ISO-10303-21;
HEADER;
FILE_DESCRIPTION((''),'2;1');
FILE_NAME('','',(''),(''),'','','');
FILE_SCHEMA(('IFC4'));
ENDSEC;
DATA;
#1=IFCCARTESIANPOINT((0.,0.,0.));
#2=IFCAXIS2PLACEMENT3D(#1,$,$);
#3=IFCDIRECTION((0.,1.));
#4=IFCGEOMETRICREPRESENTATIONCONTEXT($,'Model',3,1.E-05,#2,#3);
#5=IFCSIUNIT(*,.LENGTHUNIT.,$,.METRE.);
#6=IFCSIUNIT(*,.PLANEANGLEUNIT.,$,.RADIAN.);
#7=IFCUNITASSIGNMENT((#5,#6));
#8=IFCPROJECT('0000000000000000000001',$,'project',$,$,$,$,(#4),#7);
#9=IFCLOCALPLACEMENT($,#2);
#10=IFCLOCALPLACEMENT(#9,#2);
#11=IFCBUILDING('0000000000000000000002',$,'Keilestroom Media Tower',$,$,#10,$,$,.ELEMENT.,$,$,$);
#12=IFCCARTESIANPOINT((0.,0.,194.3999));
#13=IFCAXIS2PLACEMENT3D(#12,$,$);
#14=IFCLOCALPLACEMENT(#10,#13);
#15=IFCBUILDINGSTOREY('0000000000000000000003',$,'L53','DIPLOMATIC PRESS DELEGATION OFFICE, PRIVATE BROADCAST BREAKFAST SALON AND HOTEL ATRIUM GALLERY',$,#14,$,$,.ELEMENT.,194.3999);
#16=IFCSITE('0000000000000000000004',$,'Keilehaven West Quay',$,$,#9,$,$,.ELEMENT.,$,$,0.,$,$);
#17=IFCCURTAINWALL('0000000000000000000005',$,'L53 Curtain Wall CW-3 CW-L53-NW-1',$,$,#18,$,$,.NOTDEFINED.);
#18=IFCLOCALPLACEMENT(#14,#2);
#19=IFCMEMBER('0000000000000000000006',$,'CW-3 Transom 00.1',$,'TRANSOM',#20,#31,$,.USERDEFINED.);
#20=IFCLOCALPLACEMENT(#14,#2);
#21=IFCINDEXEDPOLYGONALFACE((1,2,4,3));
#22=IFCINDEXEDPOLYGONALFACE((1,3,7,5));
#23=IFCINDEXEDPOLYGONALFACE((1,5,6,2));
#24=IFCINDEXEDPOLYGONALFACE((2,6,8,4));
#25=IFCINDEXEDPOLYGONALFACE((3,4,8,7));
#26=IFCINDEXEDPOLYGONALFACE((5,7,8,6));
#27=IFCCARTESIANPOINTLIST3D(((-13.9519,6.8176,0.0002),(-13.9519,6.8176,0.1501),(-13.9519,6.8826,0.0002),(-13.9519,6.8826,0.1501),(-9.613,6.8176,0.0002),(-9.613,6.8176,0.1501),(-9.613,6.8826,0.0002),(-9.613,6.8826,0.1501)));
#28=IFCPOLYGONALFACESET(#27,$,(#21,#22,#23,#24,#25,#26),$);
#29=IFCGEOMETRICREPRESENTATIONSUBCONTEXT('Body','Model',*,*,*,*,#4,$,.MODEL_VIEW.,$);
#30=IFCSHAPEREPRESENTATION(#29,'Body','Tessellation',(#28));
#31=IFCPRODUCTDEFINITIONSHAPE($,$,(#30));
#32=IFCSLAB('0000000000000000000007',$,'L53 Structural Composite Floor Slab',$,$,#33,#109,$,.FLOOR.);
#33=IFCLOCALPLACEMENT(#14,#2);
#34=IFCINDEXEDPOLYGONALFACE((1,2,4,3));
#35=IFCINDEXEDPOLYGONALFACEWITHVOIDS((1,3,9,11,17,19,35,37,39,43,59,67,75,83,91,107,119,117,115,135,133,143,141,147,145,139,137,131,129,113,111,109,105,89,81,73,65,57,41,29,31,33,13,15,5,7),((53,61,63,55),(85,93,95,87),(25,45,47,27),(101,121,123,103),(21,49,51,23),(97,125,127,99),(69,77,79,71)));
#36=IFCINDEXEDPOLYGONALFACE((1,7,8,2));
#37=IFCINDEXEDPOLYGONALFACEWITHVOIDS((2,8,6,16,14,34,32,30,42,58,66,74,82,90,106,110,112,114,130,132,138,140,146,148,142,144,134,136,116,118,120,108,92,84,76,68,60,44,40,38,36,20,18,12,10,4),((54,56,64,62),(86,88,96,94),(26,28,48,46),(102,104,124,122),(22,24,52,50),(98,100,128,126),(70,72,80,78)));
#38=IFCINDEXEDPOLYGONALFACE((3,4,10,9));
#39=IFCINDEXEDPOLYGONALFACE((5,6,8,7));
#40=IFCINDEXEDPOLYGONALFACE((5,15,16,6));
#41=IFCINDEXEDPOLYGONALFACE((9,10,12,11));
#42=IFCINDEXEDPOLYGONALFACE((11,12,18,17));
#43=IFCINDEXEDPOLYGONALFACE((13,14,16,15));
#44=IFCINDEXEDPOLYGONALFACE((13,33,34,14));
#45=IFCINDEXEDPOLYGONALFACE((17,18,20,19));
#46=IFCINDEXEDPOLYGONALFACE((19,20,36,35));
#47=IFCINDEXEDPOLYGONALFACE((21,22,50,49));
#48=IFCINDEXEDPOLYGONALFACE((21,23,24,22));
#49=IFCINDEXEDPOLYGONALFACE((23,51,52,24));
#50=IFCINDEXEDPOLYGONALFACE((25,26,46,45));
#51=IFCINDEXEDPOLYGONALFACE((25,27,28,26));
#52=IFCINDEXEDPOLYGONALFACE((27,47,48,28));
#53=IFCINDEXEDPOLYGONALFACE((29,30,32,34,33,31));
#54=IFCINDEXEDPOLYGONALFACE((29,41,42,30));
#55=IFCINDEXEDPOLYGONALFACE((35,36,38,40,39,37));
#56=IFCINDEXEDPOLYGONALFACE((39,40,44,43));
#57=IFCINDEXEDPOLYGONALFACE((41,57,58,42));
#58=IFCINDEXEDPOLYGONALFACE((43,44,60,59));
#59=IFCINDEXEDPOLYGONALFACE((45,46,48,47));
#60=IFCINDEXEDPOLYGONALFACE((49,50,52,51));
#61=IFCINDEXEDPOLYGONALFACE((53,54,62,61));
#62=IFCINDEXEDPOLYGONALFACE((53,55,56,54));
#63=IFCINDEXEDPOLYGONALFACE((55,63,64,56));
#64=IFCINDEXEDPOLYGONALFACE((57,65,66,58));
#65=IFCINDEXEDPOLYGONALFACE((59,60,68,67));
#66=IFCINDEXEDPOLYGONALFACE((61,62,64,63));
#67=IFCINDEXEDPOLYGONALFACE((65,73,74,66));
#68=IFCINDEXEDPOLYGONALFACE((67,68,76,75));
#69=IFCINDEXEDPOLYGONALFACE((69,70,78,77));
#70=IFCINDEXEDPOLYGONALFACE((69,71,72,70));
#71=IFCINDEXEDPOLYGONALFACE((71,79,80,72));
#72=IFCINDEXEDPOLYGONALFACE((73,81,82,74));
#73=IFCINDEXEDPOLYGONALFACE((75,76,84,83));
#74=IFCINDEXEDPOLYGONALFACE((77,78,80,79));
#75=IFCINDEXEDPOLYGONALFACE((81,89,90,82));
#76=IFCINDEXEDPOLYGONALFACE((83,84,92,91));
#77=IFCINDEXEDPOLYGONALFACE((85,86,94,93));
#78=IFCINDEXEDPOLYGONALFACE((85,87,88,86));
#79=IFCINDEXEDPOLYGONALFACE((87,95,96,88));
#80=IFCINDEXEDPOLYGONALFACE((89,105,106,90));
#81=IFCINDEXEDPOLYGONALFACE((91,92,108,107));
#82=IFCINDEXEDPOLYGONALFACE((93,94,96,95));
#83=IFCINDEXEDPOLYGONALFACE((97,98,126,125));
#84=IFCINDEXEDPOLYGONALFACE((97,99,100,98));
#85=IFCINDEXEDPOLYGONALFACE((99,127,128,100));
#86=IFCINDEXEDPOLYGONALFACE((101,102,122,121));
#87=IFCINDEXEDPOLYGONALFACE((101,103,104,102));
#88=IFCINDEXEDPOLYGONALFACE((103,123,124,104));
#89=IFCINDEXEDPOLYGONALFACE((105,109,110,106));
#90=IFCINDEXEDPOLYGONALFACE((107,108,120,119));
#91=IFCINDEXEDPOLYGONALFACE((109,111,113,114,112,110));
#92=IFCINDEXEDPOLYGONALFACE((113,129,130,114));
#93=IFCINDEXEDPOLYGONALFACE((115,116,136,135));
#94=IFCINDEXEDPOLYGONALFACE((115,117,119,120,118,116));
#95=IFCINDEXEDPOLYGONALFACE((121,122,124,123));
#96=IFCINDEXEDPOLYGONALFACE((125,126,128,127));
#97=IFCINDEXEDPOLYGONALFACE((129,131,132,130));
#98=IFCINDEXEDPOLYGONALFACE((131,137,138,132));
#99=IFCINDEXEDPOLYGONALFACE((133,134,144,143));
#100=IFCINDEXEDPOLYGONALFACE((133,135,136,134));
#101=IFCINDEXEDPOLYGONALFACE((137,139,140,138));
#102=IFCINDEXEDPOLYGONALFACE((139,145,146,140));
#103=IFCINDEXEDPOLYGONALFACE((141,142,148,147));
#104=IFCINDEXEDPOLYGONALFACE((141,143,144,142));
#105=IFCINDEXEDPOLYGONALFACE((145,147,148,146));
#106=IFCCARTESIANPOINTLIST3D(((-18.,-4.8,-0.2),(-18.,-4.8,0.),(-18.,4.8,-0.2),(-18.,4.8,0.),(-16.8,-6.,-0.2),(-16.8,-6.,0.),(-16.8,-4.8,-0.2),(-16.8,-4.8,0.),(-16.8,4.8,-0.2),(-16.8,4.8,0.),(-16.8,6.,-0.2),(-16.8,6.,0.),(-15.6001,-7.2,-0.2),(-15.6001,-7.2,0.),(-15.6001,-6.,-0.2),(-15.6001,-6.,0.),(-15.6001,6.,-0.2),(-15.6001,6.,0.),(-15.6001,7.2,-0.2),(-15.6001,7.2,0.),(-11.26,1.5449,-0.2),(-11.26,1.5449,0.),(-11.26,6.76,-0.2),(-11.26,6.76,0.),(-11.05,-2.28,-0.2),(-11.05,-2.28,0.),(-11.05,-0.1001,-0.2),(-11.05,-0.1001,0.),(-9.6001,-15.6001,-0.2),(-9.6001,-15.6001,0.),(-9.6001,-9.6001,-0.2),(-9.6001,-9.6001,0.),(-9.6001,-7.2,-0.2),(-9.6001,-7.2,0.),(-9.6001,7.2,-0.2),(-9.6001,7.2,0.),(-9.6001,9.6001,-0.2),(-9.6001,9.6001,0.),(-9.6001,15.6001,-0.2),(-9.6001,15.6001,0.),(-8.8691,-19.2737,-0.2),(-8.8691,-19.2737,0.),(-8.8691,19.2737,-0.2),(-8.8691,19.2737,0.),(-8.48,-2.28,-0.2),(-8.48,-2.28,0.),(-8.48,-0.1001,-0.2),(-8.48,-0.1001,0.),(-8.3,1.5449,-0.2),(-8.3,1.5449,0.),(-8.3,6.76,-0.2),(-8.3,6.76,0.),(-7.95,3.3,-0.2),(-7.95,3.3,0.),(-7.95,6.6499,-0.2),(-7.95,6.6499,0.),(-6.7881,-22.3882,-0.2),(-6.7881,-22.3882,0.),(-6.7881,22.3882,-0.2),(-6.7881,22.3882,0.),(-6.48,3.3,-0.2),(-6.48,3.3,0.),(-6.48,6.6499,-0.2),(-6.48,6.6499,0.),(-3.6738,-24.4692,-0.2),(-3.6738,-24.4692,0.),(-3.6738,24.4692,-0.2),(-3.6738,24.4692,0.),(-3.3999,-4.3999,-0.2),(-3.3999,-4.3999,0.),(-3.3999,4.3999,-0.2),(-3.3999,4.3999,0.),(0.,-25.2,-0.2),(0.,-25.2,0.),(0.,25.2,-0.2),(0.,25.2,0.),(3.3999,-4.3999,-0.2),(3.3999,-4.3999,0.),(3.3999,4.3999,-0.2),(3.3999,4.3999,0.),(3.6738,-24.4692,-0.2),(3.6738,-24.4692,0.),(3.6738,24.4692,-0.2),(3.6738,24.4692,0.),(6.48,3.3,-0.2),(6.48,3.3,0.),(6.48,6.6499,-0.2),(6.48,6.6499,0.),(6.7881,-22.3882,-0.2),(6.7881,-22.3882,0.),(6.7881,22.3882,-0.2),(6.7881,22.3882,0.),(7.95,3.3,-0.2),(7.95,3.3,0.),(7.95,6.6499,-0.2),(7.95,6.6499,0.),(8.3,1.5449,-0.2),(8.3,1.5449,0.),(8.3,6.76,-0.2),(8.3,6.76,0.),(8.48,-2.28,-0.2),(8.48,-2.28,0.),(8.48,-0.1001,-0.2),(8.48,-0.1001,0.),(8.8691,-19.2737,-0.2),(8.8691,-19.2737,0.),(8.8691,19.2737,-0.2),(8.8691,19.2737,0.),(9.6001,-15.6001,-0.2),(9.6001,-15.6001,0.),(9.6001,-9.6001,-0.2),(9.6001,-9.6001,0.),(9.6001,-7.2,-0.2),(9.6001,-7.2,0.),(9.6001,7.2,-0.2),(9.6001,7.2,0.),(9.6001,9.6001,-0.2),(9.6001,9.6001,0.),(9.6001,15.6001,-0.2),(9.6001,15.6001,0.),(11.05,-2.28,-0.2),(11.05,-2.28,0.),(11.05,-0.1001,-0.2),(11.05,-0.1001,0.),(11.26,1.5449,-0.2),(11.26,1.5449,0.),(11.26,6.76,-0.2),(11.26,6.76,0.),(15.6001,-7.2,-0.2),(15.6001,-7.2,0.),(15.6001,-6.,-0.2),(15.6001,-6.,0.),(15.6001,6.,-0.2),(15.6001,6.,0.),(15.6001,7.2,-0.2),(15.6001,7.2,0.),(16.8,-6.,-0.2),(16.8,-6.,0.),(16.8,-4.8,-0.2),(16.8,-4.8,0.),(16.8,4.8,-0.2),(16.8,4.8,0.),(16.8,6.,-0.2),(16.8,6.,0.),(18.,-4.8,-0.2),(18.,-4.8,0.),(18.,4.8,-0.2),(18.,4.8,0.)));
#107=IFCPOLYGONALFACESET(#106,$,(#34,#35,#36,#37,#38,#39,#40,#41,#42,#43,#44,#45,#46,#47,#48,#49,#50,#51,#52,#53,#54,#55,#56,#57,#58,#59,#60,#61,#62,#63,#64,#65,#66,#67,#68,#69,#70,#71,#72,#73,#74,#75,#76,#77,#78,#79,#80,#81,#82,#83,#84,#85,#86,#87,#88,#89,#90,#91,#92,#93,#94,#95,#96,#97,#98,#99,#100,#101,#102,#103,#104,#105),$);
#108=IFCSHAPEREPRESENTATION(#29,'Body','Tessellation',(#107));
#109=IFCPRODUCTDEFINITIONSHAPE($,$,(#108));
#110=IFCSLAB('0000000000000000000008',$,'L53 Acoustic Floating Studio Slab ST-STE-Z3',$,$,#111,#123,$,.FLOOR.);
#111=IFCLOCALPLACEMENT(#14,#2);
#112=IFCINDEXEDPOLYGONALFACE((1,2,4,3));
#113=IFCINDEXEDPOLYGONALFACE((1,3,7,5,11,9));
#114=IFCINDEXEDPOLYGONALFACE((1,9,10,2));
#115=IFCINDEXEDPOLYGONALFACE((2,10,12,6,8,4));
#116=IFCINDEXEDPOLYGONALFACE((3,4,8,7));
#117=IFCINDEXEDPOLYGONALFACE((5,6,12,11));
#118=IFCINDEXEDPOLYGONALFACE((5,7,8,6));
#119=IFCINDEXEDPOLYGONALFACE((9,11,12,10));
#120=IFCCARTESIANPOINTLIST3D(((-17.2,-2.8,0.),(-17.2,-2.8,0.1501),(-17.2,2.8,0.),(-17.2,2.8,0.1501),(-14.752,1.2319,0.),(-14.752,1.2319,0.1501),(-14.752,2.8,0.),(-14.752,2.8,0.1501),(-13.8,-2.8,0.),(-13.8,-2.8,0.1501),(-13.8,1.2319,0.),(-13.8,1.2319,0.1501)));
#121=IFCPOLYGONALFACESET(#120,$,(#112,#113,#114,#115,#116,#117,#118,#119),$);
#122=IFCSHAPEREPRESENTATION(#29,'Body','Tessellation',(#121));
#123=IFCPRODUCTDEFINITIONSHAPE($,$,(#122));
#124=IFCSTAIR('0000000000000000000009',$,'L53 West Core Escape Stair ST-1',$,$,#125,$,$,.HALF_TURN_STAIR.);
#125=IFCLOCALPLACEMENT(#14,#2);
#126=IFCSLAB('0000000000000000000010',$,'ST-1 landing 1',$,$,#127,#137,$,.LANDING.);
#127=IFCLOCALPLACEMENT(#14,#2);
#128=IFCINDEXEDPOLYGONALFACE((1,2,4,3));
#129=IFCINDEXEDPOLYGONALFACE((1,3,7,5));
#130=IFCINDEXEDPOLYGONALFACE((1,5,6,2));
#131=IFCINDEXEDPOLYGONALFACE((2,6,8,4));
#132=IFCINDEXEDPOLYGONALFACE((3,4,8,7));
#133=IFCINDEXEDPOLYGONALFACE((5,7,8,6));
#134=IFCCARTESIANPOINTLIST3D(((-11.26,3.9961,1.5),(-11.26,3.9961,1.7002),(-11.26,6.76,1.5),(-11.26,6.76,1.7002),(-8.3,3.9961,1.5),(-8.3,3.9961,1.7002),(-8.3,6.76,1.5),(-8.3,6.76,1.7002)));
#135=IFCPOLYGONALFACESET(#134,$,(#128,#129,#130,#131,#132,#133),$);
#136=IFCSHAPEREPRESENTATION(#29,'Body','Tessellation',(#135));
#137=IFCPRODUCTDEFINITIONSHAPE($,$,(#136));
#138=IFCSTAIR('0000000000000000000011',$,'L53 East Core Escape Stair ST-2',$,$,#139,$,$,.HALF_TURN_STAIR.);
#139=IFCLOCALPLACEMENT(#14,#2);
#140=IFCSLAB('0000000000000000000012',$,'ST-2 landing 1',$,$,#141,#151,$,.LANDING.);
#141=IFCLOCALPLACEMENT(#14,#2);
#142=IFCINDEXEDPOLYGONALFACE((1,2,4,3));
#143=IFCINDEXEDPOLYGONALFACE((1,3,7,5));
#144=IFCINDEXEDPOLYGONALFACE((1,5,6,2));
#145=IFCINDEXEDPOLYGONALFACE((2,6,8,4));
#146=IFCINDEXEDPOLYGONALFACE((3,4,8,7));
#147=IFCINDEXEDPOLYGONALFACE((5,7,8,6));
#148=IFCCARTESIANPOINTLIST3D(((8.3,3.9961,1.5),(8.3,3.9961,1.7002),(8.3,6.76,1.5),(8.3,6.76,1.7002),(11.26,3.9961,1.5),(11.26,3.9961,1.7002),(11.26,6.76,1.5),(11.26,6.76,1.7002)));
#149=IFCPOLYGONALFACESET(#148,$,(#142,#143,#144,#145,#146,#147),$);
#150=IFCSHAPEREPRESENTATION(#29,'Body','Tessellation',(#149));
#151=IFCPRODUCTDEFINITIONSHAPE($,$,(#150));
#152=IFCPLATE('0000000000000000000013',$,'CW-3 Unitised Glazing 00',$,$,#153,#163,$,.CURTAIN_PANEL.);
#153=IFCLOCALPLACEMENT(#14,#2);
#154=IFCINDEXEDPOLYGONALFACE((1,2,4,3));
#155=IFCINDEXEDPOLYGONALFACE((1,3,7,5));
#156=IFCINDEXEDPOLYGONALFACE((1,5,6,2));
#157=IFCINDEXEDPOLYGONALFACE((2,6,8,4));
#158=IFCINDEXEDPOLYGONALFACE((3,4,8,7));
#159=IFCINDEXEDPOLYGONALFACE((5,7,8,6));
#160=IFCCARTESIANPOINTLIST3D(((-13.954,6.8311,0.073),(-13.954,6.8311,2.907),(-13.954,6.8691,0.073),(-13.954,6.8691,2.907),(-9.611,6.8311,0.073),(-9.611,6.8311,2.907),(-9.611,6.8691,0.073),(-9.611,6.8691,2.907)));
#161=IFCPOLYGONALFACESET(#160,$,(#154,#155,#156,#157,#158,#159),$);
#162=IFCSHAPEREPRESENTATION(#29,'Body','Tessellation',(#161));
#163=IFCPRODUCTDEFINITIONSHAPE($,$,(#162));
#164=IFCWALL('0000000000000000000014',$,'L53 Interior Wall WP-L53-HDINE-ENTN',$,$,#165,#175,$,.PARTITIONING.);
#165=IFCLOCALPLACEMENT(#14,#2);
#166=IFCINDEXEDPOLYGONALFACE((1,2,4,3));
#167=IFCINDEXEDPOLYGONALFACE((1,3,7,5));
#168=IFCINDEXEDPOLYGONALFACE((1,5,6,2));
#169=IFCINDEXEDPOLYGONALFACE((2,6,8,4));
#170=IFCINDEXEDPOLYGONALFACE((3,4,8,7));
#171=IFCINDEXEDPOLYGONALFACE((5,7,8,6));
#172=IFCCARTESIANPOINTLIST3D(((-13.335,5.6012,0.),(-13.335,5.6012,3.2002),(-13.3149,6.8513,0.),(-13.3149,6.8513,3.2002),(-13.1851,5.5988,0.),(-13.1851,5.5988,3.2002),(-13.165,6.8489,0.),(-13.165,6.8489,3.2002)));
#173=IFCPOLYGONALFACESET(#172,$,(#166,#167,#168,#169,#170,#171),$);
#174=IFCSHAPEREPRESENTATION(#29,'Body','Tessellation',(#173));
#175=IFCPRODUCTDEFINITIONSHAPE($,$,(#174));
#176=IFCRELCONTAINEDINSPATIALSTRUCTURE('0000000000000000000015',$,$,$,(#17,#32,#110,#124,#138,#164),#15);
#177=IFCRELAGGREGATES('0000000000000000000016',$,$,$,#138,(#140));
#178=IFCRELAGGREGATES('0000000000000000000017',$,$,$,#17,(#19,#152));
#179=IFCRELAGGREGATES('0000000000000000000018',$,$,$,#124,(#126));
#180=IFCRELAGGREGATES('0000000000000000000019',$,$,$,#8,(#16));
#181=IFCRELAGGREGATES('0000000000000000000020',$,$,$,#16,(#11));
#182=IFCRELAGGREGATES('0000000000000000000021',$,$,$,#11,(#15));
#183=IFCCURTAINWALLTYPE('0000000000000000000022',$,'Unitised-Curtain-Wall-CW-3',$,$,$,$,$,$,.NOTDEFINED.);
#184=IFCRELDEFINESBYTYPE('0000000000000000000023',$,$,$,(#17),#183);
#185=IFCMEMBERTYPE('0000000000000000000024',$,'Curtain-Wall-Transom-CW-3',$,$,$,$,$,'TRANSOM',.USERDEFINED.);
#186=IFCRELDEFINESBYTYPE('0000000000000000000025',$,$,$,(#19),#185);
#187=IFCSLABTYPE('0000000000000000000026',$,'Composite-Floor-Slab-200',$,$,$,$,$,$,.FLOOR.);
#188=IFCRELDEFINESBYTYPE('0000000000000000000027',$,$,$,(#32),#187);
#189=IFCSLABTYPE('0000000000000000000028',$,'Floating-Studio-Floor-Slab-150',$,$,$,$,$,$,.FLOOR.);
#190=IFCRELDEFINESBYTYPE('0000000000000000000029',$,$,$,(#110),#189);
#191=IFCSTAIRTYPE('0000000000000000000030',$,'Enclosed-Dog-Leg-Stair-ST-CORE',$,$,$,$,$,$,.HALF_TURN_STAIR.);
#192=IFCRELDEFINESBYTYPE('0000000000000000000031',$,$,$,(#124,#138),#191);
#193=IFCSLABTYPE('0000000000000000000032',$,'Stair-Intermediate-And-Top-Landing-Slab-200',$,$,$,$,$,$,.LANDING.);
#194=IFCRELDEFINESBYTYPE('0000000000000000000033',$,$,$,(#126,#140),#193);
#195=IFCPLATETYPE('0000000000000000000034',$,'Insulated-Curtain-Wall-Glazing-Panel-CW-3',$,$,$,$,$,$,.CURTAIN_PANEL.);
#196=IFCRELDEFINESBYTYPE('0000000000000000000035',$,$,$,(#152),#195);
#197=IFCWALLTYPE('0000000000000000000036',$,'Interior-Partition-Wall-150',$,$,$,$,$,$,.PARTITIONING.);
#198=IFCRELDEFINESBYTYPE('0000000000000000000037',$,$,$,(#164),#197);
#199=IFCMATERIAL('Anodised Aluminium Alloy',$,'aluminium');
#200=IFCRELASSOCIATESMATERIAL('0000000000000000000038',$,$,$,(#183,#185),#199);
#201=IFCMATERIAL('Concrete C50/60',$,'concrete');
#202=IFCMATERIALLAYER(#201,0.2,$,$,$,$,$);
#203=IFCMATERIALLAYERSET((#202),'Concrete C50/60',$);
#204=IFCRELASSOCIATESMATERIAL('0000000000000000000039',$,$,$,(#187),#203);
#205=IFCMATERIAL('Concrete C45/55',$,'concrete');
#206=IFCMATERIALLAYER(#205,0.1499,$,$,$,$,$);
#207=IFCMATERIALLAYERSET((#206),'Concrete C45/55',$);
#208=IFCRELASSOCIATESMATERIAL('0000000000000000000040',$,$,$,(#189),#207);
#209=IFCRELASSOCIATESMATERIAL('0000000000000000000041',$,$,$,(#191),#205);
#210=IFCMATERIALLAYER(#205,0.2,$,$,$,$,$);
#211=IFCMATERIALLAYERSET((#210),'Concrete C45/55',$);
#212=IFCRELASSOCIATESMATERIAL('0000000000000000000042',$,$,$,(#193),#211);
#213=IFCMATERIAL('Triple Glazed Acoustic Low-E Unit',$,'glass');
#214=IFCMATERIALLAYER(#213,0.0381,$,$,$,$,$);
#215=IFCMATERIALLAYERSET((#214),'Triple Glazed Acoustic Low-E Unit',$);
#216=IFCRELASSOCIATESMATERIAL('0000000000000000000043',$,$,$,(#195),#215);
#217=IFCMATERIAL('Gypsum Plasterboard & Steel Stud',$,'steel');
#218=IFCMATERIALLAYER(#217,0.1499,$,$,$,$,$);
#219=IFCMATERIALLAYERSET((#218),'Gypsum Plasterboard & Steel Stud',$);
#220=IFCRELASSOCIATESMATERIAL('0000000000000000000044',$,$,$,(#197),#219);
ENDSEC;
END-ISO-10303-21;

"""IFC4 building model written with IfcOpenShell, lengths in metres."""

from ifc_helpers import new_model, si_unit, direction, frame, frame_2d, origin, origin_2d, place, context, subcontext, project, spatial, polyline, rectangle, outline, extrude, source, transform, mapped, material, layer, layer_set, material_profile, profile_set, type_object, element, aggregate, save


model = new_model("IFC4")

# Units and contexts
model_context = context("Model", 3, precision=1e-05, world=origin(), true_north=direction((0.0, 1.0)))
body_context = subcontext(model_context, "Body", "Model", "MODEL_VIEW")
ifc_project = project(units=[si_unit("LENGTHUNIT", "METRE"), si_unit("PLANEANGLEUNIT", "RADIAN")], contexts=[model_context])

# Site, building, storey
site_placement = place(None, origin())
site = spatial("IfcSite", under=ifc_project, at=site_placement, Name="Keilehaven West Quay", CompositionType="ELEMENT", RefElevation=0.0)
building_placement = place(site_placement, origin())
building = spatial("IfcBuilding", under=site, at=building_placement, Name="Keilestroom Media Tower", CompositionType="ELEMENT")
storey_placement = place(building_placement, frame((0.0, 0.0, 194.3999)))
storey = spatial("IfcBuildingStorey", under=building, at=storey_placement, Name="L53", Description="DIPLOMATIC PRESS DELEGATION OFFICE, PRIVATE BROADCAST BREAKFAST SALON AND HOTEL ATRIUM GALLERY", CompositionType="ELEMENT", Elevation=194.3999)

# Curtain wall, member
ifc_material_1 = material(Name="Anodised Aluminium Alloy", Category="aluminium")
curtain_wall_type = type_object("IfcCurtainWallType", Name="Unitised-Curtain-Wall-CW-3", PredefinedType="NOTDEFINED", material=ifc_material_1)
curtain_wall_placement = place(storey_placement, origin())
curtain_wall = element("IfcCurtainWall", 1, at=curtain_wall_placement, inside=storey, type_object=curtain_wall_type, Name="L53 Curtain Wall CW-3 CW-L53-NW-1", PredefinedType="NOTDEFINED")
ifc_material_profile = material_profile(ifc_material_1, rectangle(XDim=0.0649, YDim=0.1499, at=origin_2d()), Name="ALU TRANSOM 65x150")
ifc_profile_set = profile_set([ifc_material_profile], Name="Anodised Aluminium Alloy")
member_type = type_object("IfcMemberType", Name="Curtain-Wall-Transom-CW-3", ElementType="TRANSOM", PredefinedType="USERDEFINED", material=ifc_profile_set)
shared_shape_1 = source(origin(), body_context, "Body", "SweptSolid", [
    extrude(rectangle(XDim=0.0649, YDim=0.1499, at=origin_2d()), origin(), (0.0, 0.0, 1.0), 4.3389),
])
member_placement = place(storey_placement, frame((-13.9519, 6.8501, 0.0752), z_axis=(1.0, 0.0, 0.0), x_axis=(0.0, 1.0, 0.0)))
member = element("IfcMember", 2, at=member_placement, type_object=member_type, Name="CW-3 Transom 00.1", ObjectType="TRANSOM", PredefinedType="USERDEFINED", context=body_context, shape_type="MappedRepresentation", body=[
    mapped(shared_shape_1, transform((0.0, 0.0, 0.0), x_axis=(1.0, 0.0, 0.0), y_axis=(0.0, 1.0, 0.0), z_axis=(0.0, 0.0, 1.0), scale=1.0)),
])

# Slabs
ifc_material_2 = material(Name="Concrete C50/60", Category="concrete")
ifc_layer_1 = layer(ifc_material_2, 0.2)
ifc_layer_set_1 = layer_set([ifc_layer_1], Name="Concrete C50/60")
slab_type_1 = type_object("IfcSlabType", Name="Composite-Floor-Slab-200", PredefinedType="FLOOR", material=ifc_layer_set_1)
slab_1_placement = place(storey_placement, frame((0.0, 0.0, -0.2)))
element("IfcSlab", 3, at=slab_1_placement, inside=storey, type_object=slab_type_1, Name="L53 Structural Composite Floor Slab", PredefinedType="FLOOR", context=body_context, shape_type="SweptSolid", body=[
    extrude(outline(polyline([(18.0, -4.8), (18.0, 4.8), (16.8, 4.8), (16.8, 6.0), (15.6001, 6.0), (15.6001, 7.2), (9.6001, 7.2), (9.6001, 9.6001), (9.6001, 15.6001), (8.8691, 19.2737), (6.7881, 22.3882), (3.6738, 24.4692), (0.0, 25.2), (-3.6738, 24.4692), (-6.7881, 22.3882), (-8.8691, 19.2737), (-9.6001, 15.6001), (-9.6001, 9.6001), (-9.6001, 7.2), (-15.6001, 7.2), (-15.6001, 6.0), (-16.8, 6.0), (-16.8, 4.8), (-18.0, 4.8), (-18.0, -4.8), (-16.8, -4.8), (-16.8, -6.0), (-15.6001, -6.0), (-15.6001, -7.2), (-9.6001, -7.2), (-9.6001, -9.6001), (-9.6001, -15.6001), (-8.8691, -19.2737), (-6.7881, -22.3882), (-3.6738, -24.4692), (0.0, -25.2), (3.6738, -24.4692), (6.7881, -22.3882), (8.8691, -19.2737), (9.6001, -15.6001), (9.6001, -9.6001), (9.6001, -7.2), (15.6001, -7.2), (15.6001, -6.0), (16.8, -6.0), (16.8, -4.8), (18.0, -4.8)]), holes=[polyline([(-8.3, 1.5449), (-11.26, 1.5449), (-11.26, 6.76), (-8.3, 6.76), (-8.3, 1.5449)]), polyline([(-8.48, -2.28), (-11.05, -2.28), (-11.05, -0.1001), (-8.48, -0.1001), (-8.48, -2.28)]), polyline([(-6.48, 3.3), (-7.95, 3.3), (-7.95, 6.6499), (-6.48, 6.6499), (-6.48, 3.3)]), polyline([(3.3999, -4.3999), (-3.3999, -4.3999), (-3.3999, 4.3999), (3.3999, 4.3999), (3.3999, -4.3999)]), polyline([(7.95, 3.3), (6.48, 3.3), (6.48, 6.6499), (7.95, 6.6499), (7.95, 3.3)]), polyline([(11.26, 1.5449), (8.3, 1.5449), (8.3, 6.76), (11.26, 6.76), (11.26, 1.5449)]), polyline([(11.05, -2.28), (8.48, -2.28), (8.48, -0.1001), (11.05, -0.1001), (11.05, -2.28)])]), origin(), (0.0, 0.0, 1.0), 0.2),
])
ifc_material_3 = material(Name="Concrete C45/55", Category="concrete")
ifc_layer_2 = layer(ifc_material_3, 0.1499)
ifc_layer_set_2 = layer_set([ifc_layer_2], Name="Concrete C45/55")
slab_type_2 = type_object("IfcSlabType", Name="Floating-Studio-Floor-Slab-150", PredefinedType="FLOOR", material=ifc_layer_set_2)
slab_2_placement = place(storey_placement, origin())
element("IfcSlab", 4, at=slab_2_placement, inside=storey, type_object=slab_type_2, Name="L53 Acoustic Floating Studio Slab ST-STE-Z3", PredefinedType="FLOOR", context=body_context, shape_type="SweptSolid", body=[
    extrude(outline(polyline([(-17.2, -2.8), (-13.8, -2.8), (-13.8, 1.2319), (-14.752, 1.2319), (-14.752, 2.8), (-17.2, 2.8), (-17.2, -2.8)])), origin(), (0.0, 0.0, 1.0), 0.1501),
])

# Stairs, slabs
stair_type = type_object("IfcStairType", Name="Enclosed-Dog-Leg-Stair-ST-CORE", PredefinedType="HALF_TURN_STAIR", material=ifc_material_3)
stair_1_placement = place(storey_placement, origin())
stair_1 = element("IfcStair", 5, at=stair_1_placement, inside=storey, type_object=stair_type, Name="L53 West Core Escape Stair ST-1", PredefinedType="HALF_TURN_STAIR")
ifc_layer_3 = layer(ifc_material_3, 0.2)
ifc_layer_set_3 = layer_set([ifc_layer_3], Name="Concrete C45/55")
slab_type_3 = type_object("IfcSlabType", Name="Stair-Intermediate-And-Top-Landing-Slab-200", PredefinedType="LANDING", material=ifc_layer_set_3)
slab_3_placement = place(storey_placement, frame((0.0, 0.0, 1.5)))
slab_3 = element("IfcSlab", 6, at=slab_3_placement, type_object=slab_type_3, Name="ST-1 landing 1", PredefinedType="LANDING", context=body_context, shape_type="SweptSolid", body=[
    extrude(outline(polyline([(-8.3, 3.9961), (-8.3, 6.76), (-11.26, 6.76), (-11.26, 3.9961), (-8.3, 3.9961)])), origin(), (0.0, 0.0, 1.0), 0.2002),
])
stair_2_placement = place(storey_placement, origin())
stair_2 = element("IfcStair", 7, at=stair_2_placement, inside=storey, type_object=stair_type, Name="L53 East Core Escape Stair ST-2", PredefinedType="HALF_TURN_STAIR")
slab_4_placement = place(storey_placement, frame((0.0, 0.0, 1.5)))
slab_4 = element("IfcSlab", 8, at=slab_4_placement, type_object=slab_type_3, Name="ST-2 landing 1", PredefinedType="LANDING", context=body_context, shape_type="SweptSolid", body=[
    extrude(outline(polyline([(11.26, 3.9961), (11.26, 6.76), (8.3, 6.76), (8.3, 3.9961), (11.26, 3.9961)])), origin(), (0.0, 0.0, 1.0), 0.2002),
])
aggregate(stair_2, [slab_4])

# Plate
ifc_material_4 = material(Name="Triple Glazed Acoustic Low-E Unit", Category="glass")
ifc_layer_4 = layer(ifc_material_4, 0.0381)
ifc_layer_set_4 = layer_set([ifc_layer_4], Name="Triple Glazed Acoustic Low-E Unit")
plate_type = type_object("IfcPlateType", Name="Insulated-Curtain-Wall-Glazing-Panel-CW-3", PredefinedType="CURTAIN_PANEL", material=ifc_layer_set_4)
shared_shape_2 = source(origin(), body_context, "Body", "SweptSolid", [
    extrude(rectangle(XDim=4.343, YDim=0.0381, at=origin_2d()), origin(), (0.0, 0.0, 1.0), 2.834),
])
plate_placement = place(storey_placement, frame((-11.7825, 6.8501, 0.073), z_axis=(0.0, 0.0, 1.0), x_axis=(1.0, 0.0, 0.0)))
plate = element("IfcPlate", 9, at=plate_placement, type_object=plate_type, Name="CW-3 Unitised Glazing 00", PredefinedType="CURTAIN_PANEL", context=body_context, shape_type="MappedRepresentation", body=[
    mapped(shared_shape_2, transform((0.0, 0.0, 0.0), x_axis=(1.0, 0.0, 0.0), y_axis=(0.0, 1.0, 0.0), z_axis=(0.0, 0.0, 1.0), scale=1.0)),
])
aggregate(curtain_wall, [member, plate])

# Wall
ifc_material_5 = material(Name="Gypsum Plasterboard & Steel Stud", Category="steel")
ifc_layer_5 = layer(ifc_material_5, 0.1499)
ifc_layer_set_5 = layer_set([ifc_layer_5], Name="Gypsum Plasterboard & Steel Stud")
wall_type_1 = type_object("IfcWallType", Name="Interior-Partition-Wall-150", PredefinedType="PARTITIONING", material=ifc_layer_set_5)
wall_1_placement = place(storey_placement, frame((-13.26, 5.6001, 0.0), z_axis=(0.0, 0.0, 1.0), x_axis=(0.016014, 0.999872, 0.0)))
element("IfcWall", 10, at=wall_1_placement, inside=storey, type_object=wall_type_1, Name="L53 Interior Wall WP-L53-HDINE-ENTN", PredefinedType="PARTITIONING", context=body_context, shape_type="SweptSolid", body=[
    extrude(rectangle(XDim=1.2502, YDim=0.1499, at=frame_2d((0.625, 0.0))), origin(), (0.0, 0.0, 1.0), 3.2002),
])

aggregate(stair_1, [slab_3])

save(model, "model.ifc")
